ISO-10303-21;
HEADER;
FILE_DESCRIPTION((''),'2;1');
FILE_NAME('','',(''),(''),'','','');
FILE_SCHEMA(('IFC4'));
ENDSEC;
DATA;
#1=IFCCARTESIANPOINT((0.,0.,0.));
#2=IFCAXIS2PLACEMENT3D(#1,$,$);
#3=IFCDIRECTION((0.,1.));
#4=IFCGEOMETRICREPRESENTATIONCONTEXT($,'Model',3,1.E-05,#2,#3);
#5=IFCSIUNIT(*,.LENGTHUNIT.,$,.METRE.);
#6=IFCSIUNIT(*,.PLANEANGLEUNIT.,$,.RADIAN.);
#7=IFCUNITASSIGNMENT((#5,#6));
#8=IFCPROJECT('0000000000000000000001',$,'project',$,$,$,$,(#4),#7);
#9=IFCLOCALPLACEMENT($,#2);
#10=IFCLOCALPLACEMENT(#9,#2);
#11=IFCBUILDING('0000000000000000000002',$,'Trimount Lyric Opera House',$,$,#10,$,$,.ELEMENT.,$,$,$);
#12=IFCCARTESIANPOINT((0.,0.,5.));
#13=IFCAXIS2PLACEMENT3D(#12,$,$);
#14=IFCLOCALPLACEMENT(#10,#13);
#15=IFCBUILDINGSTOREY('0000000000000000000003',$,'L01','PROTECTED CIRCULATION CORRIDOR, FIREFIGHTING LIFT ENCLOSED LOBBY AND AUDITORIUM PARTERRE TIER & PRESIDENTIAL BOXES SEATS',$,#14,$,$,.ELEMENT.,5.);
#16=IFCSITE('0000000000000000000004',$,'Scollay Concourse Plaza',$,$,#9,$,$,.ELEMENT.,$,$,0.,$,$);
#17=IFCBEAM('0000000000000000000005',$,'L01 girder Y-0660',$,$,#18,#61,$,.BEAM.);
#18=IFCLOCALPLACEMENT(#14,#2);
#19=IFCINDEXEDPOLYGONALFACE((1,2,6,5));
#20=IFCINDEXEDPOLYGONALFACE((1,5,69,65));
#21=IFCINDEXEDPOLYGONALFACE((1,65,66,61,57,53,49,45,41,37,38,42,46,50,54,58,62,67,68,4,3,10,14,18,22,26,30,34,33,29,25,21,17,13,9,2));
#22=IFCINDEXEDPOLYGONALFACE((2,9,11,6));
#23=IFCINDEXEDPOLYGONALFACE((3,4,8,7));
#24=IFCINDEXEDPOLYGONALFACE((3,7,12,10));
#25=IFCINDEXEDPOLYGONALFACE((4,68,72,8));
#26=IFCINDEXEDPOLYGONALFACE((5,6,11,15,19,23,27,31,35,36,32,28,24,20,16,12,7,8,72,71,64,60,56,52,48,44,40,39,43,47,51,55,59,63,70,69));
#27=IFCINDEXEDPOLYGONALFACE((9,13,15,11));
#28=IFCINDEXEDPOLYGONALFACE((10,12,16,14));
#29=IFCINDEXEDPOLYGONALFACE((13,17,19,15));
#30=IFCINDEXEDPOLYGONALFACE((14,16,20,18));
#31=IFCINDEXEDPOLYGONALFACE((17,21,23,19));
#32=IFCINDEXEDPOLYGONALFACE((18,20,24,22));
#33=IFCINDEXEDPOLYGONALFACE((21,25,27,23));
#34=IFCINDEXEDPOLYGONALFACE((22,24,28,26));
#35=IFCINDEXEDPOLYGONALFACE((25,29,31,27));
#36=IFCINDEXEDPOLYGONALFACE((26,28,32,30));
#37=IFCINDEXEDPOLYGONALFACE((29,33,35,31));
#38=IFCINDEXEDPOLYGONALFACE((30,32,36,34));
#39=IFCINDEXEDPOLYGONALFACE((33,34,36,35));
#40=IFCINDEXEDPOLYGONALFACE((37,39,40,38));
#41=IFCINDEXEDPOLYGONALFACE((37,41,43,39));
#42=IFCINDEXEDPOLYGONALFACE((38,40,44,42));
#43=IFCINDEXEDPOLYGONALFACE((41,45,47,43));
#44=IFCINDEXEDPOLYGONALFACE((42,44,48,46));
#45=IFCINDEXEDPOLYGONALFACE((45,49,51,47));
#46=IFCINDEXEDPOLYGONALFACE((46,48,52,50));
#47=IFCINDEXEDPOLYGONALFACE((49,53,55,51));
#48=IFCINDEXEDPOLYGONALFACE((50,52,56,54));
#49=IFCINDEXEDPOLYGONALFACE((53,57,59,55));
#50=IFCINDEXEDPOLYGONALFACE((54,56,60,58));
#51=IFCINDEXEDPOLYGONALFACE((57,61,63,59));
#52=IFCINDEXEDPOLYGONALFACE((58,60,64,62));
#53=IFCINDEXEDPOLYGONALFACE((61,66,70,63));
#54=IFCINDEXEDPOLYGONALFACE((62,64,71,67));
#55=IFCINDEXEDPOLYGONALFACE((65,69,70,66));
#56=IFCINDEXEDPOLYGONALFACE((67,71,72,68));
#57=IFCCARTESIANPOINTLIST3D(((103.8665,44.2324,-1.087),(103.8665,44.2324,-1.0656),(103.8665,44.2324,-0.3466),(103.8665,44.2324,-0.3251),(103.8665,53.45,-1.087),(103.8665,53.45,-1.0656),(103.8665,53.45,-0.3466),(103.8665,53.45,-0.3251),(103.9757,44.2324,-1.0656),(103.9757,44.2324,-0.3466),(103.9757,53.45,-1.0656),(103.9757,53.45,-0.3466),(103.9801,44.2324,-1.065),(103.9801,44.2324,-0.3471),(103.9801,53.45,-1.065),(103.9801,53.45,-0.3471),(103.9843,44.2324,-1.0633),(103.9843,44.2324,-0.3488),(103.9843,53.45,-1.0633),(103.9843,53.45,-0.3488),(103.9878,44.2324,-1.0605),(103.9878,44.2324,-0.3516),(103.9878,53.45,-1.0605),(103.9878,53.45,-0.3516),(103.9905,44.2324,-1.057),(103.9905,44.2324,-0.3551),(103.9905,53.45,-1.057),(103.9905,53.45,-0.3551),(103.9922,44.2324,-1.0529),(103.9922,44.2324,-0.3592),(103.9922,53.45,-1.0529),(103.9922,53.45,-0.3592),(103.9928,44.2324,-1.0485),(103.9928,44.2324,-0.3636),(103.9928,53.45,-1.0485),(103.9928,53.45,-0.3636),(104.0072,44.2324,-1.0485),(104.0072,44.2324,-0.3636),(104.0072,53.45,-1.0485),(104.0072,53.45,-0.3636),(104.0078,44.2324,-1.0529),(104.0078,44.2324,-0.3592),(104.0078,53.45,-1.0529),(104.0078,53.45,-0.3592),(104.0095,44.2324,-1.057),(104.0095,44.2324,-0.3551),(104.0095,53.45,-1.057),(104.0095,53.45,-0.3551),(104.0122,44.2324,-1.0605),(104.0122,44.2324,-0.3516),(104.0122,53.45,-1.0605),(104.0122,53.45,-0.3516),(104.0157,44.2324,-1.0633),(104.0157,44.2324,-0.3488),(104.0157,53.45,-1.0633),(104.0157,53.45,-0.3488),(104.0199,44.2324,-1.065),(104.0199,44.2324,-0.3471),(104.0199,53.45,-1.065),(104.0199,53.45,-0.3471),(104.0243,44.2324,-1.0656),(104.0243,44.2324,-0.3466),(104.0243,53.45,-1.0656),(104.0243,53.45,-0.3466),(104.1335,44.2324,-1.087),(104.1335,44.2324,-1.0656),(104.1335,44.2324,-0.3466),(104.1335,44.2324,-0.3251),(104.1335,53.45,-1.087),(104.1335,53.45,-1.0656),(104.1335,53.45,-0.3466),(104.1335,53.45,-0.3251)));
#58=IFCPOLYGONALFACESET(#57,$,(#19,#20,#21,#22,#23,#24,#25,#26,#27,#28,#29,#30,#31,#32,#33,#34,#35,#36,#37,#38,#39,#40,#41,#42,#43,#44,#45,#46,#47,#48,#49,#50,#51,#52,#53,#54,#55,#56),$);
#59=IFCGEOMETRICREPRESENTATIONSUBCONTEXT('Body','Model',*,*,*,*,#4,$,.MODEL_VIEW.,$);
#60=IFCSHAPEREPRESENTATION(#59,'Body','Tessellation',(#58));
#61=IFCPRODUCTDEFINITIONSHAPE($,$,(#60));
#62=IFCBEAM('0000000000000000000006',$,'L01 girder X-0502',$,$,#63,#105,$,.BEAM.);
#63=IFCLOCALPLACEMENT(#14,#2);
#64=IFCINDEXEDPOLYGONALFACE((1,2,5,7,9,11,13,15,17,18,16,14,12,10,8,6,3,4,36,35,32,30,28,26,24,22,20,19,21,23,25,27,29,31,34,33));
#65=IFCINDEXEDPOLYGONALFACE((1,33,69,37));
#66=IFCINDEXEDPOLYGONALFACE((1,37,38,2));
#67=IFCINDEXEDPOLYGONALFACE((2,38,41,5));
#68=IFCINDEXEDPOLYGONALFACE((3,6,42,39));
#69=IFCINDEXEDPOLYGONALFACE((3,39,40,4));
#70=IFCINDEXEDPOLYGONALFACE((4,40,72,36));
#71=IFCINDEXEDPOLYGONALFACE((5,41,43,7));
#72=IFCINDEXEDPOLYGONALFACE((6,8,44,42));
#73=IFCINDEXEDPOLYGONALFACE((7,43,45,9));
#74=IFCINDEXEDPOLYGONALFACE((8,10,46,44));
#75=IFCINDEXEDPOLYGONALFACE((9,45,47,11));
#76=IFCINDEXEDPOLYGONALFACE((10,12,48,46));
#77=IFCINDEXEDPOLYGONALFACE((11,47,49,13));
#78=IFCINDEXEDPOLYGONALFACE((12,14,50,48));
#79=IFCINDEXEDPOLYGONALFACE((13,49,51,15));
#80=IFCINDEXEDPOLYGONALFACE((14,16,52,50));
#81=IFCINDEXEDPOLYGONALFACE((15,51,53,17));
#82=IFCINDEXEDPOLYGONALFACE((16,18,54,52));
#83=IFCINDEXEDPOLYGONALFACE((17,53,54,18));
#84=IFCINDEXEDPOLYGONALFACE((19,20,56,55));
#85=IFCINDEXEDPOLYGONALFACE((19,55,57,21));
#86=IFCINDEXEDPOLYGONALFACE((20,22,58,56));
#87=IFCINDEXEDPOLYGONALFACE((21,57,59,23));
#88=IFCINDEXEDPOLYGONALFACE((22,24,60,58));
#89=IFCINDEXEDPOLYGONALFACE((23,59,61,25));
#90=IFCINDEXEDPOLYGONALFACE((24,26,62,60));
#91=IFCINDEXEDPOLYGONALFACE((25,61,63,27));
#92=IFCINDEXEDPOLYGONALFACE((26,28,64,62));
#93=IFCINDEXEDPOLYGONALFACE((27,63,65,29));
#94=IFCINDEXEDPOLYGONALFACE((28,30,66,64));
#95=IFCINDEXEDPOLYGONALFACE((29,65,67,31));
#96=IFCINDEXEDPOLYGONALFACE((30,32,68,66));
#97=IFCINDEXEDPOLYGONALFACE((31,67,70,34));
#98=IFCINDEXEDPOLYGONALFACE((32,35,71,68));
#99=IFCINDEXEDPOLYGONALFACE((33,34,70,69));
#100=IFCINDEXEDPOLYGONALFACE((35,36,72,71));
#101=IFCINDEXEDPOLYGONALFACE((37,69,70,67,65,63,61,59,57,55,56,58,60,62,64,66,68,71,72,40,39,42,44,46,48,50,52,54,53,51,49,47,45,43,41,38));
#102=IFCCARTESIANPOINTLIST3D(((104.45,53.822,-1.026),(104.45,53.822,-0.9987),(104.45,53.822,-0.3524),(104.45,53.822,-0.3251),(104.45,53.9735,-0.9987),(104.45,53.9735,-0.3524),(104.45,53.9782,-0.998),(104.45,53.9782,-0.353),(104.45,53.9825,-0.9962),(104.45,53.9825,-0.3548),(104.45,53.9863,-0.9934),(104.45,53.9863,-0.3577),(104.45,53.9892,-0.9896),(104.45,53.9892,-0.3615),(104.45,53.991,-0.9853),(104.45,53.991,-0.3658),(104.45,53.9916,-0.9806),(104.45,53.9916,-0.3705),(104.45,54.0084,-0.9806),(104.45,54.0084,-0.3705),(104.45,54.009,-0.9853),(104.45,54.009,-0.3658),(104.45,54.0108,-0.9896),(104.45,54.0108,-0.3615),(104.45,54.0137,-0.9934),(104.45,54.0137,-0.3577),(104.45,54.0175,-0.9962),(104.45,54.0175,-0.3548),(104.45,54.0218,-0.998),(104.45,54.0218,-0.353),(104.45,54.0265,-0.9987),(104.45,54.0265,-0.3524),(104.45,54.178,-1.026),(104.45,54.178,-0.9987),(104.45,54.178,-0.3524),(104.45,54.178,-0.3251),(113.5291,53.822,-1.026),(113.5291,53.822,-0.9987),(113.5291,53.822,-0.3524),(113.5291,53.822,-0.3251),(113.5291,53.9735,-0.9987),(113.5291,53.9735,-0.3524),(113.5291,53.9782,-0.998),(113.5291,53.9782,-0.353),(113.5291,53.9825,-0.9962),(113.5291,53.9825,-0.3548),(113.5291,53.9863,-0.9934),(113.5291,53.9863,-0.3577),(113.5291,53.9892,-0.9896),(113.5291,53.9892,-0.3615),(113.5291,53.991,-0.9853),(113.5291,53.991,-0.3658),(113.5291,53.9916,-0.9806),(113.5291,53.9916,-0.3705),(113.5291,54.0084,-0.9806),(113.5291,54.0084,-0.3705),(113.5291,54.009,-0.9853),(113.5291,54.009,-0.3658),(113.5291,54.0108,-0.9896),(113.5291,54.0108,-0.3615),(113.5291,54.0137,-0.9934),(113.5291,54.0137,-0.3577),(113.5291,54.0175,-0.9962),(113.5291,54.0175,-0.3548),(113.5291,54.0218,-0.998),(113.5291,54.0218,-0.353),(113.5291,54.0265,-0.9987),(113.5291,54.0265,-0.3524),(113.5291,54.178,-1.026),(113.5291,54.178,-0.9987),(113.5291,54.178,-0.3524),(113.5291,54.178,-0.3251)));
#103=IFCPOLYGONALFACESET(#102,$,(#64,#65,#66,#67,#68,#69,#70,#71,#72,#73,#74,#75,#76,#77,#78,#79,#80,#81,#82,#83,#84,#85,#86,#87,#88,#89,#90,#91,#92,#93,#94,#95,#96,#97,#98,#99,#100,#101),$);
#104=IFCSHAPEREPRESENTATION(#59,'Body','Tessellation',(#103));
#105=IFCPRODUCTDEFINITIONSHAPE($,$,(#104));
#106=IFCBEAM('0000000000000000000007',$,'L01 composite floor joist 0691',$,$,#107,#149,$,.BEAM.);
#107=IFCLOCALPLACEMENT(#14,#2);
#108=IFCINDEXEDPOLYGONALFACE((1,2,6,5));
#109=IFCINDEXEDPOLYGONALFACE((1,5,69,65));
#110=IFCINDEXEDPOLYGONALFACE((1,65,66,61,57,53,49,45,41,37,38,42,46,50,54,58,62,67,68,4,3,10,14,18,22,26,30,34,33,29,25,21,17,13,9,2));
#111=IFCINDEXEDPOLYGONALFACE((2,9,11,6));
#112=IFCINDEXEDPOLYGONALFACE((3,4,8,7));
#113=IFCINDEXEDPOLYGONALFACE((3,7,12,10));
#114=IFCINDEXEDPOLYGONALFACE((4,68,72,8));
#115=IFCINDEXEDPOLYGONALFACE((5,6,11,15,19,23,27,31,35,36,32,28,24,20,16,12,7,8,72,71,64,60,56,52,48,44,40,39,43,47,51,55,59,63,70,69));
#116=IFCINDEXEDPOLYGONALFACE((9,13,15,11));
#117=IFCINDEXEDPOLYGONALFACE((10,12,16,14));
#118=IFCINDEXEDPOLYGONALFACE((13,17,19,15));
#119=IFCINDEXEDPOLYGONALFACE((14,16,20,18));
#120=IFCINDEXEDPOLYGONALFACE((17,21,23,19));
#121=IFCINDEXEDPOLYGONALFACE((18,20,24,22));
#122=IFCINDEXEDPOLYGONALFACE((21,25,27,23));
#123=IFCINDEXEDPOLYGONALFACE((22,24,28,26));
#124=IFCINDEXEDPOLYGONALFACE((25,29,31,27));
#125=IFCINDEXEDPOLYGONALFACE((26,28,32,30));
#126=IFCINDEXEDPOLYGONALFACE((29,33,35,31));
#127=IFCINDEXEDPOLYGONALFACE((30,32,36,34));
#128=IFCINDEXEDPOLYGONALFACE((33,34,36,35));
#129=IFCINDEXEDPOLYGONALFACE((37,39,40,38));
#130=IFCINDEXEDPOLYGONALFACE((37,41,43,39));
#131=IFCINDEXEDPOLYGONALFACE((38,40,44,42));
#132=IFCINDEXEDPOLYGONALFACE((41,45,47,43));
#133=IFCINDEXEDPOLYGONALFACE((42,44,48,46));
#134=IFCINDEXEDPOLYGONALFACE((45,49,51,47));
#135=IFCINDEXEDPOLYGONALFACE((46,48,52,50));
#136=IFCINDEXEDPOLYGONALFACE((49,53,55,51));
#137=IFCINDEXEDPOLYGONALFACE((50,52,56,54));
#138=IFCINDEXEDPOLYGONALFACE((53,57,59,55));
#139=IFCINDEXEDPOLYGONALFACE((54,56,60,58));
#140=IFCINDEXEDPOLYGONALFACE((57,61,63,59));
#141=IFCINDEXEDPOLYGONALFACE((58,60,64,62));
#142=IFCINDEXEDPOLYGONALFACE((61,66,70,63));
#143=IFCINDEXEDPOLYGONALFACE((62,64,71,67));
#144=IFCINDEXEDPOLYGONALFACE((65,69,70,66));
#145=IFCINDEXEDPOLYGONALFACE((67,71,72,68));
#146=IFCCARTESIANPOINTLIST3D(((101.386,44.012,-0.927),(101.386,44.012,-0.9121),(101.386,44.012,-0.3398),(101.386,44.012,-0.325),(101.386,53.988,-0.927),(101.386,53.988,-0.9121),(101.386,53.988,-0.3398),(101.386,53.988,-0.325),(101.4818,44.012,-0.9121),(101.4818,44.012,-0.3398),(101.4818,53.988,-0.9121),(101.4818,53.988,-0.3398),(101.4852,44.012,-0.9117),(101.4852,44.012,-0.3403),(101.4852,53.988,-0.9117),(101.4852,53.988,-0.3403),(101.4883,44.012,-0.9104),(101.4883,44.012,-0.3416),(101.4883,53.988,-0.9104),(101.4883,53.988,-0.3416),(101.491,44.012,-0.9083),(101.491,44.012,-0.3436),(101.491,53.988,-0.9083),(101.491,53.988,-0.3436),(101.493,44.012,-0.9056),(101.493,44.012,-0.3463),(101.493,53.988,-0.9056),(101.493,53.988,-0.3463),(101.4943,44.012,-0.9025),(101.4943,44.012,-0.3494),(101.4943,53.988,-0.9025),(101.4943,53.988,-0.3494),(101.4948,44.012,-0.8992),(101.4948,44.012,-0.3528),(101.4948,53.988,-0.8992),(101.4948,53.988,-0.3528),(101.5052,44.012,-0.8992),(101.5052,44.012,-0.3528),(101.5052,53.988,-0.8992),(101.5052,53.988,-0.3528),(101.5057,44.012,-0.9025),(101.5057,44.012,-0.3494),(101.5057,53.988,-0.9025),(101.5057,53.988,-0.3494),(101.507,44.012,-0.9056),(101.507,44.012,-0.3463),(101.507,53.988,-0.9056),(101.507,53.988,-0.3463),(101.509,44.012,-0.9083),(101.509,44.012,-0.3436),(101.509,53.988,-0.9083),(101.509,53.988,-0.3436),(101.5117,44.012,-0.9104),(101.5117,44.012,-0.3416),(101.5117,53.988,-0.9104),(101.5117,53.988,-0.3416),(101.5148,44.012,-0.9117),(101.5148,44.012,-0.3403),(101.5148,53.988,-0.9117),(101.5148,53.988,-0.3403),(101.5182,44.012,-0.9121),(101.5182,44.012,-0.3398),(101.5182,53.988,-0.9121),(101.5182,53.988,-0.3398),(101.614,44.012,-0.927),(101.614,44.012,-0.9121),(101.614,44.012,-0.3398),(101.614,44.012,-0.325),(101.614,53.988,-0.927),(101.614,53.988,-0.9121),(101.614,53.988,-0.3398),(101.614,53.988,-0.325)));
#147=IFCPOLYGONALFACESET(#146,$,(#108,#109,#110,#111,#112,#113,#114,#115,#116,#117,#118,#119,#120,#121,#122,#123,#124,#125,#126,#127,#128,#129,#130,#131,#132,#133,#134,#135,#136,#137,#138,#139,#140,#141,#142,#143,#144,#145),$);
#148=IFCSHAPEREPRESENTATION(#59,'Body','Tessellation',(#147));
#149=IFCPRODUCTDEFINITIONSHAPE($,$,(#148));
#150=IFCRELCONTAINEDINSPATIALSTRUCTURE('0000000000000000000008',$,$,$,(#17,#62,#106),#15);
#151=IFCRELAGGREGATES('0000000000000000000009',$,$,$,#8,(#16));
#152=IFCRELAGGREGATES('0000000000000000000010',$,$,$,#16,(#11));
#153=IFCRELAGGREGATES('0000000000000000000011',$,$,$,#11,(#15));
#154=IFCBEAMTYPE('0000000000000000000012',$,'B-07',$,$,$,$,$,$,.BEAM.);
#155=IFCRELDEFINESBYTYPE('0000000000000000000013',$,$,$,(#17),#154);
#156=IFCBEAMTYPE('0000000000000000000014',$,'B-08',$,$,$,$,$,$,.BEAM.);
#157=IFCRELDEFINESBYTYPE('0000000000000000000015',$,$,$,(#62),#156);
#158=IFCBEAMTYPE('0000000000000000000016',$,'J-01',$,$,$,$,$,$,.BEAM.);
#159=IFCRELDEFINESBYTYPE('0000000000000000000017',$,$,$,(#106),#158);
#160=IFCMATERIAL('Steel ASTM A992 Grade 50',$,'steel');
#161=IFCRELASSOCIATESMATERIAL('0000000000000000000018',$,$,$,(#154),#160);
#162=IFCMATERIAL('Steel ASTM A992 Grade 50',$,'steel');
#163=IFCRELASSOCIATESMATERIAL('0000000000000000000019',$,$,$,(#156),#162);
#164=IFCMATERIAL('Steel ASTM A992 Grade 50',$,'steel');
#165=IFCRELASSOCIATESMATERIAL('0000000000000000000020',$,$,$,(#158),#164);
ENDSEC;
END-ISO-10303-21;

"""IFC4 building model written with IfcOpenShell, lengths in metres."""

from ifc_helpers import new_model, si_unit, direction, frame, origin, origin_2d, place, context, subcontext, project, spatial, i_section, extrude, material, material_profile, profile_set, type_object, element, save


model = new_model("IFC4")

# Units and contexts
model_context = context("Model", 3, precision=1e-05, world=origin(), true_north=direction((0.0, 1.0)))
body_context = subcontext(model_context, "Body", "Model", "MODEL_VIEW")
ifc_project = project(units=[si_unit("LENGTHUNIT", "METRE"), si_unit("PLANEANGLEUNIT", "RADIAN")], contexts=[model_context])

# Site, building, storey
site_placement = place(None, origin())
site = spatial("IfcSite", under=ifc_project, at=site_placement, Name="Scollay Concourse Plaza", CompositionType="ELEMENT", RefElevation=0.0)
building_placement = place(site_placement, origin())
building = spatial("IfcBuilding", under=site, at=building_placement, Name="Trimount Lyric Opera House", CompositionType="ELEMENT")
storey_placement = place(building_placement, frame((0.0, 0.0, 5.0)))
storey = spatial("IfcBuildingStorey", under=building, at=storey_placement, Name="L01", Description="PROTECTED CIRCULATION CORRIDOR, FIREFIGHTING LIFT ENCLOSED LOBBY AND AUDITORIUM PARTERRE TIER & PRESIDENTIAL BOXES SEATS", CompositionType="ELEMENT", Elevation=5.0)

# Beams
ifc_material_1 = material(Name="Steel ASTM A992 Grade 50", Category="steel")
ifc_material_profile_1 = material_profile(ifc_material_1, i_section(OverallWidth=0.2671, OverallDepth=0.762, WebThickness=0.0144, FlangeThickness=0.0215, FilletRadius=0.0171, at=origin_2d()), Name="W30X116")
ifc_profile_set_1 = profile_set([ifc_material_profile_1], Name="Steel ASTM A992 Grade 50")
beam_type_1 = type_object("IfcBeamType", Name="B-07", PredefinedType="BEAM", material=ifc_profile_set_1)
beam_1_placement = place(storey_placement, frame((104.0, 44.2324, -0.7061), z_axis=(0.0, 1.0, 0.0), x_axis=(-1.0, 0.0, 0.0)))
element("IfcBeam", 1, at=beam_1_placement, inside=storey, type_object=beam_type_1, Name="L01 girder Y-0660", PredefinedType="BEAM", context=body_context, shape_type="SweptSolid", body=[
    extrude(i_section(OverallWidth=0.2671, OverallDepth=0.762, WebThickness=0.0144, FlangeThickness=0.0215, FilletRadius=0.0171, at=origin_2d()), origin(), (0.0, 0.0, 1.0), 9.2175),
])
ifc_material_2 = material(Name="Steel ASTM A992 Grade 50", Category="steel")
ifc_material_profile_2 = material_profile(ifc_material_2, i_section(OverallWidth=0.356, OverallDepth=0.7009, WebThickness=0.0168, FlangeThickness=0.0273, FilletRadius=0.0181, at=origin_2d()), Name="W27X161")
ifc_profile_set_2 = profile_set([ifc_material_profile_2], Name="Steel ASTM A992 Grade 50")
beam_type_2 = type_object("IfcBeamType", Name="B-08", PredefinedType="BEAM", material=ifc_profile_set_2)
beam_2_placement = place(storey_placement, frame((104.45, 54.0, -0.6755), z_axis=(1.0, 0.0, 0.0), x_axis=(0.0, 1.0, 0.0)))
element("IfcBeam", 2, at=beam_2_placement, inside=storey, type_object=beam_type_2, Name="L01 girder X-0502", PredefinedType="BEAM", context=body_context, shape_type="SweptSolid", body=[
    extrude(i_section(OverallWidth=0.356, OverallDepth=0.7009, WebThickness=0.0168, FlangeThickness=0.0273, FilletRadius=0.0181, at=origin_2d()), origin(), (0.0, 0.0, 1.0), 9.0791),
])
ifc_material_3 = material(Name="Steel ASTM A992 Grade 50", Category="steel")
ifc_material_profile_3 = material_profile(ifc_material_3, i_section(OverallWidth=0.228, OverallDepth=0.6021, WebThickness=0.0105, FlangeThickness=0.0149, FilletRadius=0.0129, at=origin_2d()), Name="W24X68")
ifc_profile_set_3 = profile_set([ifc_material_profile_3], Name="Steel ASTM A992 Grade 50")
beam_type_3 = type_object("IfcBeamType", Name="J-01", PredefinedType="BEAM", material=ifc_profile_set_3)
beam_3_placement = place(storey_placement, frame((101.5, 44.012, -0.626), z_axis=(0.0, 1.0, 0.0), x_axis=(-1.0, 0.0, 0.0)))
element("IfcBeam", 3, at=beam_3_placement, inside=storey, type_object=beam_type_3, Name="L01 composite floor joist 0691", PredefinedType="BEAM", context=body_context, shape_type="SweptSolid", body=[
    extrude(i_section(OverallWidth=0.228, OverallDepth=0.6021, WebThickness=0.0105, FlangeThickness=0.0149, FilletRadius=0.0129, at=origin_2d()), origin(), (0.0, 0.0, 1.0), 9.9761),
])

save(model, "model.ifc")
